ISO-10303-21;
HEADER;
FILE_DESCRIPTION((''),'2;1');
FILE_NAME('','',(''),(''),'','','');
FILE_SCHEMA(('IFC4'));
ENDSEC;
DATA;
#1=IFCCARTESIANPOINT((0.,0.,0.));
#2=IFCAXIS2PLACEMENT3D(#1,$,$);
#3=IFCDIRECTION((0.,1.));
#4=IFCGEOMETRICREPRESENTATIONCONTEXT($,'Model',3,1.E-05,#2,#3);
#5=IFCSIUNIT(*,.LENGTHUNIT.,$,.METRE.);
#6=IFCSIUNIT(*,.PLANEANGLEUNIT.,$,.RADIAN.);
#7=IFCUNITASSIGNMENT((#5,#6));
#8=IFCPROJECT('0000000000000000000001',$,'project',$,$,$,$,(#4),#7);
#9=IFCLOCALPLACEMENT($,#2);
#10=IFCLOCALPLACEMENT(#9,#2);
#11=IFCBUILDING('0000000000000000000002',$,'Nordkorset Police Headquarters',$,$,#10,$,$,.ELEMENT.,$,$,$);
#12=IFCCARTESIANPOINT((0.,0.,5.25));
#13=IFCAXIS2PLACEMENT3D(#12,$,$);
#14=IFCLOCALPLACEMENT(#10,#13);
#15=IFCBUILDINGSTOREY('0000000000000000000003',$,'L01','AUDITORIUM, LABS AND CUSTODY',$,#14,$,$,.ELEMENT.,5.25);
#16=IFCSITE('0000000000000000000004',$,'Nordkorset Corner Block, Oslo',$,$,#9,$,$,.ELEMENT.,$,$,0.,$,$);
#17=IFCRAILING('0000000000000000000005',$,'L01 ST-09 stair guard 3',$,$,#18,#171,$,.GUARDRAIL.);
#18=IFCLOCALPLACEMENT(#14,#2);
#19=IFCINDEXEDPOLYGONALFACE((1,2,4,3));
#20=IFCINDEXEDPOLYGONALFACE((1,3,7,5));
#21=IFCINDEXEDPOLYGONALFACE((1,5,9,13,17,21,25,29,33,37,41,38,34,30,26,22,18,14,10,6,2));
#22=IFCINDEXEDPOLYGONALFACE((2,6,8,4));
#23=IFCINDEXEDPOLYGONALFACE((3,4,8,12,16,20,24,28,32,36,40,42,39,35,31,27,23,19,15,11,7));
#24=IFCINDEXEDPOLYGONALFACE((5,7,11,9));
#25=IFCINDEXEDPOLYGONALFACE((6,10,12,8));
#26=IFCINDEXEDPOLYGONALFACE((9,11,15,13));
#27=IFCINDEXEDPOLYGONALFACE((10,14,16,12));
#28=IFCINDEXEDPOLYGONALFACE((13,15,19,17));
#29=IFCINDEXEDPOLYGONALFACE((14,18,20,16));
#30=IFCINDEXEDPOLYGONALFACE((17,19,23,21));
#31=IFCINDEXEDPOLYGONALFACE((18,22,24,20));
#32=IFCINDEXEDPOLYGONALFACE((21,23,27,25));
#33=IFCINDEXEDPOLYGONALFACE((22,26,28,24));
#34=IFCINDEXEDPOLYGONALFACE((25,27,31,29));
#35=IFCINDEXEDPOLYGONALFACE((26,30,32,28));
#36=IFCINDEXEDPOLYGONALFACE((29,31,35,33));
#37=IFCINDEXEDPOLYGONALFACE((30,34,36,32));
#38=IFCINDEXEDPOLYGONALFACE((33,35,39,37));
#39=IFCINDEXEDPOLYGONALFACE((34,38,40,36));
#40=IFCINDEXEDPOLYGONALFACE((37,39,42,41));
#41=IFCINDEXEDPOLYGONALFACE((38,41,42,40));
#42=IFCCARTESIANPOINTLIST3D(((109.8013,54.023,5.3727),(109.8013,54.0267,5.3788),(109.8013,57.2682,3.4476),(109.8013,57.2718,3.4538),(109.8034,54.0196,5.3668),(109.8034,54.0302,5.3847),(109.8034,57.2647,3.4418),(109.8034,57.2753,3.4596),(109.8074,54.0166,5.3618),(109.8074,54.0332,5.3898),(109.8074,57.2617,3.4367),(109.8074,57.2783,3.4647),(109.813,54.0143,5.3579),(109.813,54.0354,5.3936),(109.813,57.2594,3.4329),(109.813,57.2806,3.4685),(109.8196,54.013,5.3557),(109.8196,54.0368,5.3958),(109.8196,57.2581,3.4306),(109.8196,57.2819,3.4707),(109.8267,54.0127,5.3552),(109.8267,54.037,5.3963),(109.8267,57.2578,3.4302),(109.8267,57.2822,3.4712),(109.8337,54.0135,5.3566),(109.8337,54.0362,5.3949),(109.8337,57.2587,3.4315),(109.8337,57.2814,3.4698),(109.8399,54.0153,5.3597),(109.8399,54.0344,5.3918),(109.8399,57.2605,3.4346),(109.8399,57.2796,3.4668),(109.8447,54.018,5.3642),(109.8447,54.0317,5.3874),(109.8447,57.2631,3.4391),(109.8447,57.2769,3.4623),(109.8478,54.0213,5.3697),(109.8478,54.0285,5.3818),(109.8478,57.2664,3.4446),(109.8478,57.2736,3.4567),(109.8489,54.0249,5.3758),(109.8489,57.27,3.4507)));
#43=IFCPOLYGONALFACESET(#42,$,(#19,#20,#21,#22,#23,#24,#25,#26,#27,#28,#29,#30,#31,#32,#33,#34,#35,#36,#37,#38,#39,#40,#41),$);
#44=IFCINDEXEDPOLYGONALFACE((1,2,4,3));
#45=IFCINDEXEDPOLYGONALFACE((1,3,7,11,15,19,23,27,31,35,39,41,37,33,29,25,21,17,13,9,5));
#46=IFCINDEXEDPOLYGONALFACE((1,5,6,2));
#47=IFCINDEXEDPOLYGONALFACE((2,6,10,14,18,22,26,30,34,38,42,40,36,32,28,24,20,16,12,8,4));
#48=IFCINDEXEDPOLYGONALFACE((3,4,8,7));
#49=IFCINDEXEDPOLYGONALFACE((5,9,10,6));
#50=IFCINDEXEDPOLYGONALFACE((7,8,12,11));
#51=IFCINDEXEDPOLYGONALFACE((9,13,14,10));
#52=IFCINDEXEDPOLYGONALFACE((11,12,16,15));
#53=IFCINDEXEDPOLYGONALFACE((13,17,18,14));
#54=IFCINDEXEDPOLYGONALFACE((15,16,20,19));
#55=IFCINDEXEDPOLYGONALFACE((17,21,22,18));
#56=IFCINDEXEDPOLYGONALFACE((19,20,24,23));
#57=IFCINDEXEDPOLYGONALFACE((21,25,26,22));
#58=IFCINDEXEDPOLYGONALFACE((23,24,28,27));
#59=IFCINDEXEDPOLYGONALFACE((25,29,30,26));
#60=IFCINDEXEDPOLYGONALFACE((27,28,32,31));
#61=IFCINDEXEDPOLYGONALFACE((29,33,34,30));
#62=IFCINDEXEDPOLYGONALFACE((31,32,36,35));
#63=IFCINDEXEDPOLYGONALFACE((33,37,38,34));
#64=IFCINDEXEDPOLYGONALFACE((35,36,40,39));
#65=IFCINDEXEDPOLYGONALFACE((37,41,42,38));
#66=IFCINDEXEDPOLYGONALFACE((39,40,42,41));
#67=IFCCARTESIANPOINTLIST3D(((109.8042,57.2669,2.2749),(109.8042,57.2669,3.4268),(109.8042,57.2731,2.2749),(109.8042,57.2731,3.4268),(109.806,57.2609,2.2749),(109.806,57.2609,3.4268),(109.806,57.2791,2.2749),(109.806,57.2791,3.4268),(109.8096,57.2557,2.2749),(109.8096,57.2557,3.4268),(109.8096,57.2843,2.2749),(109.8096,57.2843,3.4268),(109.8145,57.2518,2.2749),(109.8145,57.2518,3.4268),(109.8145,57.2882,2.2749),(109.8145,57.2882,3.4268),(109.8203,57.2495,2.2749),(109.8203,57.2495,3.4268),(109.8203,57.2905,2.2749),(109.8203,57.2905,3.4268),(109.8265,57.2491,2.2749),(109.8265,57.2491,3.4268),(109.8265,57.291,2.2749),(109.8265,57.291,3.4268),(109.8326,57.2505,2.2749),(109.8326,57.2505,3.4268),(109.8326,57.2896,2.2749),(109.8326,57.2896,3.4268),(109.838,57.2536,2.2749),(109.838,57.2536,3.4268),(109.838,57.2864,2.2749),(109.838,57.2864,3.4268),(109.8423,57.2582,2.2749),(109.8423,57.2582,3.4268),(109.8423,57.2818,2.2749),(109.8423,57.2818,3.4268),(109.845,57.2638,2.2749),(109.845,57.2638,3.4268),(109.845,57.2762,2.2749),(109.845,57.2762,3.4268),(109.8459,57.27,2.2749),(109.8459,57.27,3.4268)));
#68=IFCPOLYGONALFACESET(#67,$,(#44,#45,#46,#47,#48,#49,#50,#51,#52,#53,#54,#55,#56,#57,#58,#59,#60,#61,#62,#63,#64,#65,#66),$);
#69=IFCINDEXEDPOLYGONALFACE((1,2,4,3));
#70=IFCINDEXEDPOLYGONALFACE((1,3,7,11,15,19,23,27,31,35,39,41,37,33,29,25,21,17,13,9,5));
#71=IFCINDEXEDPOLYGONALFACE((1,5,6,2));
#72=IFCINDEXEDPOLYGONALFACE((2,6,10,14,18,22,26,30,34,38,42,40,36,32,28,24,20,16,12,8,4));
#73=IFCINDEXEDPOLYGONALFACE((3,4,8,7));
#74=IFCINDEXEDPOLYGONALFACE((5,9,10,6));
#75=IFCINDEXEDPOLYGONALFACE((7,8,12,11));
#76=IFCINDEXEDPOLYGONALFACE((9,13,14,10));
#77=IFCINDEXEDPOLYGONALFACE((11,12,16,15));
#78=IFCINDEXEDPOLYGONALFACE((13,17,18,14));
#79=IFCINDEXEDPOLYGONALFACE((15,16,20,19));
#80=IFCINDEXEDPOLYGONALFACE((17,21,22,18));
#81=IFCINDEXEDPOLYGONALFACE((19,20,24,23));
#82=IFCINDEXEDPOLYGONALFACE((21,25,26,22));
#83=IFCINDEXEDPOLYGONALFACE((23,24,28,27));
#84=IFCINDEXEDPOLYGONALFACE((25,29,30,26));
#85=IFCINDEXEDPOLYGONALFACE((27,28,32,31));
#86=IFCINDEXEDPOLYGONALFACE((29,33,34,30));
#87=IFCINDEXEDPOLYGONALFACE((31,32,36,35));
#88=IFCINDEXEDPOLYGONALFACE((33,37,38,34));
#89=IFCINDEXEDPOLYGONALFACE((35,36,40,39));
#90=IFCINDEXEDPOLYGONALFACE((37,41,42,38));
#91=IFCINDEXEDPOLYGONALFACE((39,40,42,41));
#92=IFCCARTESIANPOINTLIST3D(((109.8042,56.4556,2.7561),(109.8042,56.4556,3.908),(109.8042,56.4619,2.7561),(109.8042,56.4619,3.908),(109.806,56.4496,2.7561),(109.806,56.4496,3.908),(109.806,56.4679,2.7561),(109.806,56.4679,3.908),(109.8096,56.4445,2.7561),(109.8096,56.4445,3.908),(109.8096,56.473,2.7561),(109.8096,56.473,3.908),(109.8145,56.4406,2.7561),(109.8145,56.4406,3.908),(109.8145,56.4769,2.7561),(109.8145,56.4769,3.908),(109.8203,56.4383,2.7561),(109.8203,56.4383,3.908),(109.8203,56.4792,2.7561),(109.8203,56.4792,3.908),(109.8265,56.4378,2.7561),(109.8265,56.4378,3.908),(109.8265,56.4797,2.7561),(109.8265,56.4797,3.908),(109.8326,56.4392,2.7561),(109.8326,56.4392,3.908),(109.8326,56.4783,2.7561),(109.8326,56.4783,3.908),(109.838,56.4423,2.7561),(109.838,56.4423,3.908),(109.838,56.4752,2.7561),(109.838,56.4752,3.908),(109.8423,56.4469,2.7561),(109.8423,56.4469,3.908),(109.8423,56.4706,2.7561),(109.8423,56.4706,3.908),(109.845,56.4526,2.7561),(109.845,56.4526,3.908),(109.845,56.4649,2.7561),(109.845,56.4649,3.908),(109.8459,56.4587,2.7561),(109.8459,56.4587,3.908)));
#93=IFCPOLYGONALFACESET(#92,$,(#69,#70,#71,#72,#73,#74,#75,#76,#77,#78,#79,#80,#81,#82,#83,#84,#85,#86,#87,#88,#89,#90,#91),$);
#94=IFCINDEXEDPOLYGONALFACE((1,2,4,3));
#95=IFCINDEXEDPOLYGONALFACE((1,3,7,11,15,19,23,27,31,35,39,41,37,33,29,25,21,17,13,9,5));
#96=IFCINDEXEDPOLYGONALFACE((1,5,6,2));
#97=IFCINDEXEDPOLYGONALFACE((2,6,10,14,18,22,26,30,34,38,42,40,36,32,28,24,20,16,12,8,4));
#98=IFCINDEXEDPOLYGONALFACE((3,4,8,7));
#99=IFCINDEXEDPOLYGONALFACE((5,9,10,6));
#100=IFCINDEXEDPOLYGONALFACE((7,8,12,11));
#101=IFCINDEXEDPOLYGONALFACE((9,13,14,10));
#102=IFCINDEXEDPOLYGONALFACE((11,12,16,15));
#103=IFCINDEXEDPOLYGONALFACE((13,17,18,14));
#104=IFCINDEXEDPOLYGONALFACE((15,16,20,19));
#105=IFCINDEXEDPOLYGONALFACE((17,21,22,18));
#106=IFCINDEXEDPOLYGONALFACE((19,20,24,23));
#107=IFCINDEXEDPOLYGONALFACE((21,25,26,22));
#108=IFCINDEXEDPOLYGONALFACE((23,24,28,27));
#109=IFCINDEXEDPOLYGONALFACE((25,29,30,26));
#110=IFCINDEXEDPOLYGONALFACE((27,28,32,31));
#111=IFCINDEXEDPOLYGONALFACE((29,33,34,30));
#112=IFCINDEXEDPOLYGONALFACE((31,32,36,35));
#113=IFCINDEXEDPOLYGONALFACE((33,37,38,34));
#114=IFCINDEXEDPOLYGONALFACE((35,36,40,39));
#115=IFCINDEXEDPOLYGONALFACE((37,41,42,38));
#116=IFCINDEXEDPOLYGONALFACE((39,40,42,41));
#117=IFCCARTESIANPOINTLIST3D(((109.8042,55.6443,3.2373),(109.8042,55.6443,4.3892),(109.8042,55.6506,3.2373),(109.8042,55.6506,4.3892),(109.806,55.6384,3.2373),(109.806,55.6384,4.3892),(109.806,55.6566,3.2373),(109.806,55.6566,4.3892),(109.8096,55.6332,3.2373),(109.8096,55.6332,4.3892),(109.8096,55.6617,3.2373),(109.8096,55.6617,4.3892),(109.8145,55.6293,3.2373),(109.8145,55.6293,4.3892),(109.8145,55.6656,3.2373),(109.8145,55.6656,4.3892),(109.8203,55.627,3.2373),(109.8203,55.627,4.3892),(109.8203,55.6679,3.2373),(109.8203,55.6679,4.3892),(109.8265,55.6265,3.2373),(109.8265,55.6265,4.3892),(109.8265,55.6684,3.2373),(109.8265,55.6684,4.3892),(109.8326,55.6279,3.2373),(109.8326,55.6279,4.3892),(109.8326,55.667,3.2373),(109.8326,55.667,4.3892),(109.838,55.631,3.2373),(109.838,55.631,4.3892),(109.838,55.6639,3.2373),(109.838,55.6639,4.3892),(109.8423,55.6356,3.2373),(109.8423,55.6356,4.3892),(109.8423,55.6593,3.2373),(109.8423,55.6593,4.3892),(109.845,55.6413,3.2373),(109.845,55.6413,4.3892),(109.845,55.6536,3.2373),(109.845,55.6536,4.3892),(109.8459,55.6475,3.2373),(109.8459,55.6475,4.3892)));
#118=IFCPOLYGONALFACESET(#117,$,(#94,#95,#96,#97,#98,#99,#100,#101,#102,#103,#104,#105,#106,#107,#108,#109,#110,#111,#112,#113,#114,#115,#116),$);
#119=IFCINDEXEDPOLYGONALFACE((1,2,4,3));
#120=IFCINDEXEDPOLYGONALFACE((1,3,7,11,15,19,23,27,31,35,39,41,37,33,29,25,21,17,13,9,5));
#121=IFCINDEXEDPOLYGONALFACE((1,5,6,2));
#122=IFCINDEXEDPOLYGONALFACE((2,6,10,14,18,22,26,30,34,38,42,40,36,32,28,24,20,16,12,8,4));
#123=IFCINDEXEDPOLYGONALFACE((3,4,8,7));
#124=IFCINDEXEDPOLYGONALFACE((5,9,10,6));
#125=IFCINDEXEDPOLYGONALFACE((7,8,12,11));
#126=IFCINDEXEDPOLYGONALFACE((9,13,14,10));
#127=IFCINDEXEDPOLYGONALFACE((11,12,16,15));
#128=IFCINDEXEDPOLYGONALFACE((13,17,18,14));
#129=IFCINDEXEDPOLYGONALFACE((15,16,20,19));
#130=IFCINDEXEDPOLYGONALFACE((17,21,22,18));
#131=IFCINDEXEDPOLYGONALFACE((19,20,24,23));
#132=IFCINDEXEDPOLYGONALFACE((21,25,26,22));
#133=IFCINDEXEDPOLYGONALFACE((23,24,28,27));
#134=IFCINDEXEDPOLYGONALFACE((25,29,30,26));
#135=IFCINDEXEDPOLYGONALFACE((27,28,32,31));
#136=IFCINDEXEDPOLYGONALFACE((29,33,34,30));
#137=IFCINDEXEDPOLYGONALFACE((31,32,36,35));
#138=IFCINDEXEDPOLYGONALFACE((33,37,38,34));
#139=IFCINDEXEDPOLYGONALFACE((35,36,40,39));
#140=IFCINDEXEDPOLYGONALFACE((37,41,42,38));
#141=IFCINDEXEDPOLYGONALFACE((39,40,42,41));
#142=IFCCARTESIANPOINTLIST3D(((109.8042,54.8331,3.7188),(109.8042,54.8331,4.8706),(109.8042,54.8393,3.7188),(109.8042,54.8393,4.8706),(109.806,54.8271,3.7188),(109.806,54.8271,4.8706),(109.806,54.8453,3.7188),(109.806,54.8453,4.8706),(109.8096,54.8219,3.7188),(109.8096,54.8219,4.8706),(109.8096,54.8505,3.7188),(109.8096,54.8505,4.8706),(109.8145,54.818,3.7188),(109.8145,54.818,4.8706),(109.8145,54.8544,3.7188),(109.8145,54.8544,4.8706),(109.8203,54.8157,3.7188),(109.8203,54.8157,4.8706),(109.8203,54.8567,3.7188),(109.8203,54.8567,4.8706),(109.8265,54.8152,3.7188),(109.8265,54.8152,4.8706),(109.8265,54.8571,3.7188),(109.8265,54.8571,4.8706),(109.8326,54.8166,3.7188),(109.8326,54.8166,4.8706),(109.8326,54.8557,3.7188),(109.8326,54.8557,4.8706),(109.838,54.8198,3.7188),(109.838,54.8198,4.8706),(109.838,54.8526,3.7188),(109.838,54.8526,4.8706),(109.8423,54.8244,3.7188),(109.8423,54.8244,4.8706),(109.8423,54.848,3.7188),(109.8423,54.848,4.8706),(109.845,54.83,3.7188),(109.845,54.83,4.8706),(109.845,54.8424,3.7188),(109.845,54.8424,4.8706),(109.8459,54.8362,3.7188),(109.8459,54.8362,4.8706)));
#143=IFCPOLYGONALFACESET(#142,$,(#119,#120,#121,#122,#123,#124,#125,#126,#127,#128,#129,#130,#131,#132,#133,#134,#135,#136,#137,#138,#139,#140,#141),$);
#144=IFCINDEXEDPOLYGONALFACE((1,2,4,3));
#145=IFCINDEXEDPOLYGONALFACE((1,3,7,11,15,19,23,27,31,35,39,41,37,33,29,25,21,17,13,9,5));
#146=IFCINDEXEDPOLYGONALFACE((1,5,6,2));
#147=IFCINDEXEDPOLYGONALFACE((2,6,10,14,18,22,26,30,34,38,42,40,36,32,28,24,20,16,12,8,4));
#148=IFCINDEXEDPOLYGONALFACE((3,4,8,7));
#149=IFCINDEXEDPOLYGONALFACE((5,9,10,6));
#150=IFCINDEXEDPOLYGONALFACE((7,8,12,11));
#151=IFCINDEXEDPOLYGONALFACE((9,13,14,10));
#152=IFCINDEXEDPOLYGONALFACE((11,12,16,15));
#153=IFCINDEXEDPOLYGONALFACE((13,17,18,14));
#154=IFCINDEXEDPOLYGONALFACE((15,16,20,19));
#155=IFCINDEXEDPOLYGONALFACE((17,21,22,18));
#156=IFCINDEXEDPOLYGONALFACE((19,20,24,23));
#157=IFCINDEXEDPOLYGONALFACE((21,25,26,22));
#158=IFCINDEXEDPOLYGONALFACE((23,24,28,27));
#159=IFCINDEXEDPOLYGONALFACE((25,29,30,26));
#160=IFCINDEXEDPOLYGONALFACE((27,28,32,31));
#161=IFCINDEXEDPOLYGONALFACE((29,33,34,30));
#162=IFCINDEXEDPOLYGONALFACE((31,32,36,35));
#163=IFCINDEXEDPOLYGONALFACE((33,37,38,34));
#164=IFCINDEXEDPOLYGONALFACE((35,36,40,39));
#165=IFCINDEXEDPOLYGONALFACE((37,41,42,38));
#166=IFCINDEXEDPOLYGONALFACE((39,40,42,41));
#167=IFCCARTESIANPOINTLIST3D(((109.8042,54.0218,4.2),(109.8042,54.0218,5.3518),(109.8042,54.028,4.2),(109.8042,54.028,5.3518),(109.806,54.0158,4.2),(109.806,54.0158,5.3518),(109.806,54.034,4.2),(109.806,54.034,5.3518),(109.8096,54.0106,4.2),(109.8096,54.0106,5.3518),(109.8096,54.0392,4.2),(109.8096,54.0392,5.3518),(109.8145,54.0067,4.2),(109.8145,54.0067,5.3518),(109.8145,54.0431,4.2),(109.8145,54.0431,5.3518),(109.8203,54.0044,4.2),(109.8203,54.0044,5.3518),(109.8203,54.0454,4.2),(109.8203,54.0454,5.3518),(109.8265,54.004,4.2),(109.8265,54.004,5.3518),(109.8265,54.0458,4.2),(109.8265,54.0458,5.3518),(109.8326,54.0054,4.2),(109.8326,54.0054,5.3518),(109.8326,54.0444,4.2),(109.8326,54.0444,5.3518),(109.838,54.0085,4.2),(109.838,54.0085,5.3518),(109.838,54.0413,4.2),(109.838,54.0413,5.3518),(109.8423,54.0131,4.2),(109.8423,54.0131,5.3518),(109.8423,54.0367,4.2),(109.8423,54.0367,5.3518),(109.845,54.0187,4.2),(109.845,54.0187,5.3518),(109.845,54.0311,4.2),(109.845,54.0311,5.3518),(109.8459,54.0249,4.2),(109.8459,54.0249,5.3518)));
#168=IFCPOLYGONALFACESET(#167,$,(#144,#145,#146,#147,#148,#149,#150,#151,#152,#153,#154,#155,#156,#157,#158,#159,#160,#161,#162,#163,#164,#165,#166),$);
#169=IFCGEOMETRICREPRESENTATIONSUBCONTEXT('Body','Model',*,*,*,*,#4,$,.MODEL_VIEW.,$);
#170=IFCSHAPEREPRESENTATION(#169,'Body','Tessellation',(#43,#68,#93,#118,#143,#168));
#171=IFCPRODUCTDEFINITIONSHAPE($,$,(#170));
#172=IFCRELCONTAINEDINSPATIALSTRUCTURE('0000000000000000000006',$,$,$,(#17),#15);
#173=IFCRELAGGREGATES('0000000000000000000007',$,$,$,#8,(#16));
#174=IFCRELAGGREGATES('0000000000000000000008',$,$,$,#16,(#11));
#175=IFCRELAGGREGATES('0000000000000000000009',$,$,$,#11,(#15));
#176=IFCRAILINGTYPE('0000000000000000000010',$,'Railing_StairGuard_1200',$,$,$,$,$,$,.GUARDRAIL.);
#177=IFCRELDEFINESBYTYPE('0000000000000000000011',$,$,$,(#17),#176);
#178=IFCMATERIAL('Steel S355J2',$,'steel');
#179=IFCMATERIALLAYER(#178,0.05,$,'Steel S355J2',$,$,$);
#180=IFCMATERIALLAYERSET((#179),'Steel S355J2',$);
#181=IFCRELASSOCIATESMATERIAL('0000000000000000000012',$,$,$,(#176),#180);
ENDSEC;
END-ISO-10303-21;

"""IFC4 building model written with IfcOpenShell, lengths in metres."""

from ifc_helpers import new_model, si_unit, direction, frame, origin, origin_2d, place, context, subcontext, project, spatial, circle, extrude, material, layer, layer_set, type_object, element, save


model = new_model("IFC4")

# Units and contexts
model_context = context("Model", 3, precision=1e-05, world=origin(), true_north=direction((0.0, 1.0)))
body_context = subcontext(model_context, "Body", "Model", "MODEL_VIEW")
ifc_project = project(units=[si_unit("LENGTHUNIT", "METRE"), si_unit("PLANEANGLEUNIT", "RADIAN")], contexts=[model_context])

# Site, building, storey
site_placement = place(None, origin())
site = spatial("IfcSite", under=ifc_project, at=site_placement, Name="Nordkorset Corner Block, Oslo", CompositionType="ELEMENT", RefElevation=0.0)
building_placement = place(site_placement, origin())
building = spatial("IfcBuilding", under=site, at=building_placement, Name="Nordkorset Police Headquarters", CompositionType="ELEMENT")
storey_placement = place(building_placement, frame((0.0, 0.0, 5.25)))
storey = spatial("IfcBuildingStorey", under=building, at=storey_placement, Name="L01", Description="AUDITORIUM, LABS AND CUSTODY", CompositionType="ELEMENT", Elevation=5.25)

# Railing
ifc_material_1 = material(Name="Steel S355J2", Category="steel")
ifc_layer_1 = layer(ifc_material_1, 0.05, Name="Steel S355J2")
ifc_layer_set_1 = layer_set([ifc_layer_1], Name="Steel S355J2")
railing_type_1 = type_object("IfcRailingType", Name="Railing_StairGuard_1200", PredefinedType="GUARDRAIL", material=ifc_layer_set_1)
railing_1_placement = place(storey_placement, frame((109.825, 57.27, 2.2749)))
element("IfcRailing", 1, at=railing_1_placement, inside=storey, type_object=railing_type_1, Name="L01 ST-09 stair guard 3", PredefinedType="GUARDRAIL", context=body_context, shape_type="SweptSolid", body=[
    extrude(circle(Radius=0.0239, at=origin_2d()), frame((0.0, 0.0, 1.1758), z_axis=(0.0, -0.860057, 0.510198), x_axis=(1.0, 0.0, 0.0)), (0.0, 0.0, 1.0), 3.7732),
    extrude(circle(Radius=0.021, at=origin_2d()), origin(), (0.0, 0.0, 1.0), 1.1519),
    extrude(circle(Radius=0.021, at=origin_2d()), frame((0.0, -0.8113, 0.4812)), (0.0, 0.0, 1.0), 1.1519),
    extrude(circle(Radius=0.021, at=origin_2d()), frame((0.0, -1.6226, 0.9624)), (0.0, 0.0, 1.0), 1.1519),
    extrude(circle(Radius=0.021, at=origin_2d()), frame((0.0, -2.4338, 1.4438)), (0.0, 0.0, 1.0), 1.1519),
    extrude(circle(Radius=0.021, at=origin_2d()), frame((0.0, -3.2451, 1.925)), (0.0, 0.0, 1.0), 1.1519),
])

save(model, "model.ifc")
